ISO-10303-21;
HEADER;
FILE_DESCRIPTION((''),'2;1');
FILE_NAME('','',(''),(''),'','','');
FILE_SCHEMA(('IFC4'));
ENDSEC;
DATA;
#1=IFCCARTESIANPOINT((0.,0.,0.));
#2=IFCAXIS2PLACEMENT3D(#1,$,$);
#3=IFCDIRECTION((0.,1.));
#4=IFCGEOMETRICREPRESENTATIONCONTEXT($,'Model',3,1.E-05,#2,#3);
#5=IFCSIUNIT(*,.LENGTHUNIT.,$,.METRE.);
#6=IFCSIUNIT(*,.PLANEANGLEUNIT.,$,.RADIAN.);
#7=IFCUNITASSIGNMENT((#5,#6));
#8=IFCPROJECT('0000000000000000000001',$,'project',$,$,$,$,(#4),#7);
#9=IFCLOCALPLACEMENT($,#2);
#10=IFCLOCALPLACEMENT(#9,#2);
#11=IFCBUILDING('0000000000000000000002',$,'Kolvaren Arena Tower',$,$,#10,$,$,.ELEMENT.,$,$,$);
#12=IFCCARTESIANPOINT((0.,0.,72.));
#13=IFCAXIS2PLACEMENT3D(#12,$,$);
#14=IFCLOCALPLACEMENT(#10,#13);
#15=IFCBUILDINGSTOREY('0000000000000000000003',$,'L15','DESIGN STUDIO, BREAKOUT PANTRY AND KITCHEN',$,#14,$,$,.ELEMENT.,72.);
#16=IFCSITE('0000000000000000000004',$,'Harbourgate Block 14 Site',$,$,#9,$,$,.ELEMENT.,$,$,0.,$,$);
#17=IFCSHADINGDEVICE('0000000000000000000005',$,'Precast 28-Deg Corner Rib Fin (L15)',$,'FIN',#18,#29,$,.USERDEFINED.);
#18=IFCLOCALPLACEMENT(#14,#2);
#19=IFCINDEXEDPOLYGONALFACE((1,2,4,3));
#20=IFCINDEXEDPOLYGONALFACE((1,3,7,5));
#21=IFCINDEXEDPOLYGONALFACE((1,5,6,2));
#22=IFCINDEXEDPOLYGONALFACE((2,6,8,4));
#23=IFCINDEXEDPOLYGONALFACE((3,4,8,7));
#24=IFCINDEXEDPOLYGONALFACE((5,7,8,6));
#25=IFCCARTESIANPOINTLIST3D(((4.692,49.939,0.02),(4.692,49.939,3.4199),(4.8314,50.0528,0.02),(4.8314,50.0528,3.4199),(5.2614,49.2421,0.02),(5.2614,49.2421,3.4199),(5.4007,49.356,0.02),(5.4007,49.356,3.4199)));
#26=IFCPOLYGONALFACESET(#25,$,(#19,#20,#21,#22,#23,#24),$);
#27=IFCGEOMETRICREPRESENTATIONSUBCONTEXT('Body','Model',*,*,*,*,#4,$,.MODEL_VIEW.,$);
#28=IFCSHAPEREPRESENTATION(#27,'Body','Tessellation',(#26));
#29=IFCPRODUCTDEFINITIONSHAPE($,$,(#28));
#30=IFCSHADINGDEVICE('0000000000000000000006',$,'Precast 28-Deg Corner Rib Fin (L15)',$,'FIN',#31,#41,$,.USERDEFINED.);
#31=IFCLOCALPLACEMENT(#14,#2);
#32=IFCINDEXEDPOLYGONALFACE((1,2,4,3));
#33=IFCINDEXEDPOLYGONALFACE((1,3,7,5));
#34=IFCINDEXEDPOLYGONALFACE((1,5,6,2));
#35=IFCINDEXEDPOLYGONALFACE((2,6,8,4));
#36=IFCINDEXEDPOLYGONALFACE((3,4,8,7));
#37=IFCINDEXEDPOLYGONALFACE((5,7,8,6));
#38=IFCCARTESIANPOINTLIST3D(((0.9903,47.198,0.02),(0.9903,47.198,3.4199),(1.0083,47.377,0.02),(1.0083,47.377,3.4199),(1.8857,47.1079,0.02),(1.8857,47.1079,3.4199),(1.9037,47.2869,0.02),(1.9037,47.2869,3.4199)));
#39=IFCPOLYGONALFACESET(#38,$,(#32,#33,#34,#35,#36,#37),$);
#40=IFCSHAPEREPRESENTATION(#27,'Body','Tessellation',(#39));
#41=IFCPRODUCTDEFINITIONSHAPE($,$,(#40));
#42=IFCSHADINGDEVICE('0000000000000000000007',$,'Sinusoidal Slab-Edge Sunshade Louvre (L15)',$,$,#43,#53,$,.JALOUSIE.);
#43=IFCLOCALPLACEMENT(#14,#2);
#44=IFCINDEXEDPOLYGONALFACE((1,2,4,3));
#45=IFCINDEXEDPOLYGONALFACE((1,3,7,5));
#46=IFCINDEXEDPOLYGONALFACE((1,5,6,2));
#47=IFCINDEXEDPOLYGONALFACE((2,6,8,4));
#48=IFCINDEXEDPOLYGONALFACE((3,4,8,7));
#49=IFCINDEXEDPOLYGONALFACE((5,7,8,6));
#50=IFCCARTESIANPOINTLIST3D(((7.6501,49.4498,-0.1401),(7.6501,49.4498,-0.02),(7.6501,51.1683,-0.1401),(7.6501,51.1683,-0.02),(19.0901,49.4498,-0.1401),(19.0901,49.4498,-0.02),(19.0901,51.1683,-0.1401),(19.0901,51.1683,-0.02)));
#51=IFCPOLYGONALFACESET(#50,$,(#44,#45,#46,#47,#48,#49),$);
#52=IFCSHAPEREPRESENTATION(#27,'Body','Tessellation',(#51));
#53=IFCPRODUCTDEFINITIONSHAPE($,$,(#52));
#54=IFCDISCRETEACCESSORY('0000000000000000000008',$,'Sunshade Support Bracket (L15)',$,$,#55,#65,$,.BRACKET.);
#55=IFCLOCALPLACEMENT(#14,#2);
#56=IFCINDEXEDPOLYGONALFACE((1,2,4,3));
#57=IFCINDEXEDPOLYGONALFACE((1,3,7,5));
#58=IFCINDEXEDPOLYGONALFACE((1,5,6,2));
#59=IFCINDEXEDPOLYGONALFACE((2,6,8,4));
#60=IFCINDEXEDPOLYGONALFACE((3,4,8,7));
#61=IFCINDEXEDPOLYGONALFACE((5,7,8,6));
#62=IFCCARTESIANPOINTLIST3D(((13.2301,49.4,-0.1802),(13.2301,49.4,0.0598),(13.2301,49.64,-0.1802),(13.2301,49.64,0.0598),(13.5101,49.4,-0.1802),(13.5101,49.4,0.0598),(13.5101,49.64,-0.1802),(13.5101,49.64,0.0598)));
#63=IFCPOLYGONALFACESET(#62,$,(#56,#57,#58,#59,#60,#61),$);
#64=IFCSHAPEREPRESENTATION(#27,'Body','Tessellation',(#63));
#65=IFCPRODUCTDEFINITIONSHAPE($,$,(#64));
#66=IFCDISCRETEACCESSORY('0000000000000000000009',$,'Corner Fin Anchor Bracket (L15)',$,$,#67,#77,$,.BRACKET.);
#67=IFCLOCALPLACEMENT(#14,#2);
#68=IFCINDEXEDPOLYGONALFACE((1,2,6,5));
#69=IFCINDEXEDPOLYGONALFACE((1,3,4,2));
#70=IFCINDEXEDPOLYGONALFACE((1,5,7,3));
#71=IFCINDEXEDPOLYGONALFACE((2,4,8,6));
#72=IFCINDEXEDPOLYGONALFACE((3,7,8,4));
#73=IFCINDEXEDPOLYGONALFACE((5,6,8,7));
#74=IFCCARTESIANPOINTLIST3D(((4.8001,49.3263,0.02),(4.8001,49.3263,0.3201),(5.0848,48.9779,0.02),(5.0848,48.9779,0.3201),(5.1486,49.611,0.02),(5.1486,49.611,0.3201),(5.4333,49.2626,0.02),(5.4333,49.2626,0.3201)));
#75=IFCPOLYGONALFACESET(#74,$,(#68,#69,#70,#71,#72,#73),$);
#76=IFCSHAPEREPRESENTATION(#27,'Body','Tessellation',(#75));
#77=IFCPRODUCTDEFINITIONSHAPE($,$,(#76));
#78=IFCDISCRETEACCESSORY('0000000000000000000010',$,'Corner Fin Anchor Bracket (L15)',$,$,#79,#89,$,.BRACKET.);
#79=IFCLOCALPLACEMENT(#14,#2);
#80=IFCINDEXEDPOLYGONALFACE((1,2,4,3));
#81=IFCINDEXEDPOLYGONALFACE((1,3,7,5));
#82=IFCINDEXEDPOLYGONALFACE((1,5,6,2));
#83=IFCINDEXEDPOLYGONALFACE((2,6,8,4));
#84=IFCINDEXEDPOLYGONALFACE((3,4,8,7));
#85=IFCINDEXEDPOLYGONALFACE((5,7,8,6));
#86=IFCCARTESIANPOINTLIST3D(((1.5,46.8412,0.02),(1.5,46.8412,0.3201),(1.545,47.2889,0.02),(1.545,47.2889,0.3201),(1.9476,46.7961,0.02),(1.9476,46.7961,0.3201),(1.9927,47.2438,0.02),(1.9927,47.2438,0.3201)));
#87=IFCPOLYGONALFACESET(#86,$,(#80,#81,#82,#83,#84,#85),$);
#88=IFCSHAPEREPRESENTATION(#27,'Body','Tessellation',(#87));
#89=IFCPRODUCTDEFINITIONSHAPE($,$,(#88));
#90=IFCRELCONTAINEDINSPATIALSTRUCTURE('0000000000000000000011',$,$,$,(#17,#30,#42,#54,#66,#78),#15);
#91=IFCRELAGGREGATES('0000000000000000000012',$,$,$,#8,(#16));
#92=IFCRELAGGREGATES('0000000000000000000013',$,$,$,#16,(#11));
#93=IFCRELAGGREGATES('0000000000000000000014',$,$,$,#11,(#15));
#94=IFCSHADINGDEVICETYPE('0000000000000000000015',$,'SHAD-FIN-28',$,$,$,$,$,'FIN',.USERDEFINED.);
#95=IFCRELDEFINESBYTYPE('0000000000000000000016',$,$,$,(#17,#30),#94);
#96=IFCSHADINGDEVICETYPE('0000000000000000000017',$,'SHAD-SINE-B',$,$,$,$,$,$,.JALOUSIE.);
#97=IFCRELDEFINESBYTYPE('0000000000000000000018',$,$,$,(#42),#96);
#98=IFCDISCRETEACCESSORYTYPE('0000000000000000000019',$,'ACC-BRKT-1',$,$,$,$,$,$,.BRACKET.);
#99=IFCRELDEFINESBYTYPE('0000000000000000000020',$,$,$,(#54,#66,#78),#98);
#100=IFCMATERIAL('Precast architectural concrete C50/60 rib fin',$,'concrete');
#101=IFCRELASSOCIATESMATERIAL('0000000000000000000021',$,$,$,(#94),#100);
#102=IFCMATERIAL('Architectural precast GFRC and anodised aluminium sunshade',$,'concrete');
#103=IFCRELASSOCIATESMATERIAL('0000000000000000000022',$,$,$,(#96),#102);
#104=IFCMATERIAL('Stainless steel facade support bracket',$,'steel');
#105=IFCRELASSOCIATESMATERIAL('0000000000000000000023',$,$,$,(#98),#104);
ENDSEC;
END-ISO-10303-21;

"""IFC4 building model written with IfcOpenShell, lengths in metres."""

from ifc_helpers import new_model, si_unit, direction, frame, origin, origin_2d, place, context, subcontext, project, spatial, rectangle, extrude, material, type_object, element, save


model = new_model("IFC4")

# Units and contexts
model_context = context("Model", 3, precision=1e-05, world=origin(), true_north=direction((0.0, 1.0)))
body_context = subcontext(model_context, "Body", "Model", "MODEL_VIEW")
ifc_project = project(units=[si_unit("LENGTHUNIT", "METRE"), si_unit("PLANEANGLEUNIT", "RADIAN")], contexts=[model_context])

# Site, building, storey
site_placement = place(None, origin())
site = spatial("IfcSite", under=ifc_project, at=site_placement, Name="Harbourgate Block 14 Site", CompositionType="ELEMENT", RefElevation=0.0)
building_placement = place(site_placement, origin())
building = spatial("IfcBuilding", under=site, at=building_placement, Name="Kolvaren Arena Tower", CompositionType="ELEMENT")
storey_placement = place(building_placement, frame((0.0, 0.0, 72.0)))
storey = spatial("IfcBuildingStorey", under=building, at=storey_placement, Name="L15", Description="DESIGN STUDIO, BREAKOUT PANTRY AND KITCHEN", CompositionType="ELEMENT", Elevation=72.0)

# Shading devices
ifc_material_1 = material(Name="Precast architectural concrete C50/60 rib fin", Category="concrete")
shading_device_type_1 = type_object("IfcShadingDeviceType", Name="SHAD-FIN-28", ElementType="FIN", PredefinedType="USERDEFINED", material=ifc_material_1)
for number, where, z_axis, x_axis, name in (
    (1, (5.0464, 49.6475, 0.02), (0.0, 0.0, 1.0), (-0.632723, 0.774378, 0.0), "Precast 28-Deg Corner Rib Fin (L15)"),
    (2, (1.447, 47.2424, 0.02), (0.0, 0.0, 1.0), (-0.994972, 0.100155, 0.0), "Precast 28-Deg Corner Rib Fin (L15)"),
):
    element("IfcShadingDevice", number, at=place(storey_placement, frame(where, z_axis=z_axis, x_axis=x_axis)), inside=storey, type_object=shading_device_type_1, Name=name, ObjectType="FIN", PredefinedType="USERDEFINED", context=body_context, shape_type="SweptSolid", body=[
        extrude(rectangle(XDim=0.8999, YDim=0.1799, at=origin_2d()), origin(), (0.0, 0.0, 1.0), 3.3999),
    ])
ifc_material_2 = material(Name="Architectural precast GFRC and anodised aluminium sunshade", Category="concrete")
shading_device_type_2 = type_object("IfcShadingDeviceType", Name="SHAD-SINE-B", PredefinedType="JALOUSIE", material=ifc_material_2)
shading_device_placement = place(storey_placement, frame((13.3701, 50.3091, -0.1401), z_axis=(0.0, 0.0, 1.0), x_axis=(1.0, 0.0, 0.0)))
element("IfcShadingDevice", 3, at=shading_device_placement, inside=storey, type_object=shading_device_type_2, Name="Sinusoidal Slab-Edge Sunshade Louvre (L15)", PredefinedType="JALOUSIE", context=body_context, shape_type="SweptSolid", body=[
    extrude(rectangle(XDim=11.4399, YDim=1.7185, at=origin_2d()), origin(), (0.0, 0.0, 1.0), 0.1201),
])

# Discrete accessories
ifc_material_3 = material(Name="Stainless steel facade support bracket", Category="steel")
discrete_accessory_type = type_object("IfcDiscreteAccessoryType", Name="ACC-BRKT-1", PredefinedType="BRACKET", material=ifc_material_3)
discrete_accessory_placement = place(storey_placement, frame((13.3701, 49.52, -0.1802), z_axis=(0.0, 0.0, 1.0), x_axis=(1.0, 0.0, 0.0)))
element("IfcDiscreteAccessory", 4, at=discrete_accessory_placement, inside=storey, type_object=discrete_accessory_type, Name="Sunshade Support Bracket (L15)", PredefinedType="BRACKET", context=body_context, shape_type="SweptSolid", body=[
    extrude(rectangle(XDim=0.28, YDim=0.24, at=origin_2d()), origin(), (0.0, 0.0, 1.0), 0.24),
])
for number, where, z_axis, x_axis, name in (
    (5, (5.1167, 49.2944, 0.02), (0.0, 0.0, 1.0), (-0.632723, 0.774378, 0.0), "Corner Fin Anchor Bracket (L15)"),
    (6, (1.7463, 47.0425, 0.02), (0.0, 0.0, 1.0), (-0.994972, 0.100155, 0.0), "Corner Fin Anchor Bracket (L15)"),
):
    element("IfcDiscreteAccessory", number, at=place(storey_placement, frame(where, z_axis=z_axis, x_axis=x_axis)), inside=storey, type_object=discrete_accessory_type, Name=name, PredefinedType="BRACKET", context=body_context, shape_type="SweptSolid", body=[
        extrude(rectangle(XDim=0.45, YDim=0.45, at=origin_2d()), origin(), (0.0, 0.0, 1.0), 0.3),
    ])

save(model, "model.ifc")
